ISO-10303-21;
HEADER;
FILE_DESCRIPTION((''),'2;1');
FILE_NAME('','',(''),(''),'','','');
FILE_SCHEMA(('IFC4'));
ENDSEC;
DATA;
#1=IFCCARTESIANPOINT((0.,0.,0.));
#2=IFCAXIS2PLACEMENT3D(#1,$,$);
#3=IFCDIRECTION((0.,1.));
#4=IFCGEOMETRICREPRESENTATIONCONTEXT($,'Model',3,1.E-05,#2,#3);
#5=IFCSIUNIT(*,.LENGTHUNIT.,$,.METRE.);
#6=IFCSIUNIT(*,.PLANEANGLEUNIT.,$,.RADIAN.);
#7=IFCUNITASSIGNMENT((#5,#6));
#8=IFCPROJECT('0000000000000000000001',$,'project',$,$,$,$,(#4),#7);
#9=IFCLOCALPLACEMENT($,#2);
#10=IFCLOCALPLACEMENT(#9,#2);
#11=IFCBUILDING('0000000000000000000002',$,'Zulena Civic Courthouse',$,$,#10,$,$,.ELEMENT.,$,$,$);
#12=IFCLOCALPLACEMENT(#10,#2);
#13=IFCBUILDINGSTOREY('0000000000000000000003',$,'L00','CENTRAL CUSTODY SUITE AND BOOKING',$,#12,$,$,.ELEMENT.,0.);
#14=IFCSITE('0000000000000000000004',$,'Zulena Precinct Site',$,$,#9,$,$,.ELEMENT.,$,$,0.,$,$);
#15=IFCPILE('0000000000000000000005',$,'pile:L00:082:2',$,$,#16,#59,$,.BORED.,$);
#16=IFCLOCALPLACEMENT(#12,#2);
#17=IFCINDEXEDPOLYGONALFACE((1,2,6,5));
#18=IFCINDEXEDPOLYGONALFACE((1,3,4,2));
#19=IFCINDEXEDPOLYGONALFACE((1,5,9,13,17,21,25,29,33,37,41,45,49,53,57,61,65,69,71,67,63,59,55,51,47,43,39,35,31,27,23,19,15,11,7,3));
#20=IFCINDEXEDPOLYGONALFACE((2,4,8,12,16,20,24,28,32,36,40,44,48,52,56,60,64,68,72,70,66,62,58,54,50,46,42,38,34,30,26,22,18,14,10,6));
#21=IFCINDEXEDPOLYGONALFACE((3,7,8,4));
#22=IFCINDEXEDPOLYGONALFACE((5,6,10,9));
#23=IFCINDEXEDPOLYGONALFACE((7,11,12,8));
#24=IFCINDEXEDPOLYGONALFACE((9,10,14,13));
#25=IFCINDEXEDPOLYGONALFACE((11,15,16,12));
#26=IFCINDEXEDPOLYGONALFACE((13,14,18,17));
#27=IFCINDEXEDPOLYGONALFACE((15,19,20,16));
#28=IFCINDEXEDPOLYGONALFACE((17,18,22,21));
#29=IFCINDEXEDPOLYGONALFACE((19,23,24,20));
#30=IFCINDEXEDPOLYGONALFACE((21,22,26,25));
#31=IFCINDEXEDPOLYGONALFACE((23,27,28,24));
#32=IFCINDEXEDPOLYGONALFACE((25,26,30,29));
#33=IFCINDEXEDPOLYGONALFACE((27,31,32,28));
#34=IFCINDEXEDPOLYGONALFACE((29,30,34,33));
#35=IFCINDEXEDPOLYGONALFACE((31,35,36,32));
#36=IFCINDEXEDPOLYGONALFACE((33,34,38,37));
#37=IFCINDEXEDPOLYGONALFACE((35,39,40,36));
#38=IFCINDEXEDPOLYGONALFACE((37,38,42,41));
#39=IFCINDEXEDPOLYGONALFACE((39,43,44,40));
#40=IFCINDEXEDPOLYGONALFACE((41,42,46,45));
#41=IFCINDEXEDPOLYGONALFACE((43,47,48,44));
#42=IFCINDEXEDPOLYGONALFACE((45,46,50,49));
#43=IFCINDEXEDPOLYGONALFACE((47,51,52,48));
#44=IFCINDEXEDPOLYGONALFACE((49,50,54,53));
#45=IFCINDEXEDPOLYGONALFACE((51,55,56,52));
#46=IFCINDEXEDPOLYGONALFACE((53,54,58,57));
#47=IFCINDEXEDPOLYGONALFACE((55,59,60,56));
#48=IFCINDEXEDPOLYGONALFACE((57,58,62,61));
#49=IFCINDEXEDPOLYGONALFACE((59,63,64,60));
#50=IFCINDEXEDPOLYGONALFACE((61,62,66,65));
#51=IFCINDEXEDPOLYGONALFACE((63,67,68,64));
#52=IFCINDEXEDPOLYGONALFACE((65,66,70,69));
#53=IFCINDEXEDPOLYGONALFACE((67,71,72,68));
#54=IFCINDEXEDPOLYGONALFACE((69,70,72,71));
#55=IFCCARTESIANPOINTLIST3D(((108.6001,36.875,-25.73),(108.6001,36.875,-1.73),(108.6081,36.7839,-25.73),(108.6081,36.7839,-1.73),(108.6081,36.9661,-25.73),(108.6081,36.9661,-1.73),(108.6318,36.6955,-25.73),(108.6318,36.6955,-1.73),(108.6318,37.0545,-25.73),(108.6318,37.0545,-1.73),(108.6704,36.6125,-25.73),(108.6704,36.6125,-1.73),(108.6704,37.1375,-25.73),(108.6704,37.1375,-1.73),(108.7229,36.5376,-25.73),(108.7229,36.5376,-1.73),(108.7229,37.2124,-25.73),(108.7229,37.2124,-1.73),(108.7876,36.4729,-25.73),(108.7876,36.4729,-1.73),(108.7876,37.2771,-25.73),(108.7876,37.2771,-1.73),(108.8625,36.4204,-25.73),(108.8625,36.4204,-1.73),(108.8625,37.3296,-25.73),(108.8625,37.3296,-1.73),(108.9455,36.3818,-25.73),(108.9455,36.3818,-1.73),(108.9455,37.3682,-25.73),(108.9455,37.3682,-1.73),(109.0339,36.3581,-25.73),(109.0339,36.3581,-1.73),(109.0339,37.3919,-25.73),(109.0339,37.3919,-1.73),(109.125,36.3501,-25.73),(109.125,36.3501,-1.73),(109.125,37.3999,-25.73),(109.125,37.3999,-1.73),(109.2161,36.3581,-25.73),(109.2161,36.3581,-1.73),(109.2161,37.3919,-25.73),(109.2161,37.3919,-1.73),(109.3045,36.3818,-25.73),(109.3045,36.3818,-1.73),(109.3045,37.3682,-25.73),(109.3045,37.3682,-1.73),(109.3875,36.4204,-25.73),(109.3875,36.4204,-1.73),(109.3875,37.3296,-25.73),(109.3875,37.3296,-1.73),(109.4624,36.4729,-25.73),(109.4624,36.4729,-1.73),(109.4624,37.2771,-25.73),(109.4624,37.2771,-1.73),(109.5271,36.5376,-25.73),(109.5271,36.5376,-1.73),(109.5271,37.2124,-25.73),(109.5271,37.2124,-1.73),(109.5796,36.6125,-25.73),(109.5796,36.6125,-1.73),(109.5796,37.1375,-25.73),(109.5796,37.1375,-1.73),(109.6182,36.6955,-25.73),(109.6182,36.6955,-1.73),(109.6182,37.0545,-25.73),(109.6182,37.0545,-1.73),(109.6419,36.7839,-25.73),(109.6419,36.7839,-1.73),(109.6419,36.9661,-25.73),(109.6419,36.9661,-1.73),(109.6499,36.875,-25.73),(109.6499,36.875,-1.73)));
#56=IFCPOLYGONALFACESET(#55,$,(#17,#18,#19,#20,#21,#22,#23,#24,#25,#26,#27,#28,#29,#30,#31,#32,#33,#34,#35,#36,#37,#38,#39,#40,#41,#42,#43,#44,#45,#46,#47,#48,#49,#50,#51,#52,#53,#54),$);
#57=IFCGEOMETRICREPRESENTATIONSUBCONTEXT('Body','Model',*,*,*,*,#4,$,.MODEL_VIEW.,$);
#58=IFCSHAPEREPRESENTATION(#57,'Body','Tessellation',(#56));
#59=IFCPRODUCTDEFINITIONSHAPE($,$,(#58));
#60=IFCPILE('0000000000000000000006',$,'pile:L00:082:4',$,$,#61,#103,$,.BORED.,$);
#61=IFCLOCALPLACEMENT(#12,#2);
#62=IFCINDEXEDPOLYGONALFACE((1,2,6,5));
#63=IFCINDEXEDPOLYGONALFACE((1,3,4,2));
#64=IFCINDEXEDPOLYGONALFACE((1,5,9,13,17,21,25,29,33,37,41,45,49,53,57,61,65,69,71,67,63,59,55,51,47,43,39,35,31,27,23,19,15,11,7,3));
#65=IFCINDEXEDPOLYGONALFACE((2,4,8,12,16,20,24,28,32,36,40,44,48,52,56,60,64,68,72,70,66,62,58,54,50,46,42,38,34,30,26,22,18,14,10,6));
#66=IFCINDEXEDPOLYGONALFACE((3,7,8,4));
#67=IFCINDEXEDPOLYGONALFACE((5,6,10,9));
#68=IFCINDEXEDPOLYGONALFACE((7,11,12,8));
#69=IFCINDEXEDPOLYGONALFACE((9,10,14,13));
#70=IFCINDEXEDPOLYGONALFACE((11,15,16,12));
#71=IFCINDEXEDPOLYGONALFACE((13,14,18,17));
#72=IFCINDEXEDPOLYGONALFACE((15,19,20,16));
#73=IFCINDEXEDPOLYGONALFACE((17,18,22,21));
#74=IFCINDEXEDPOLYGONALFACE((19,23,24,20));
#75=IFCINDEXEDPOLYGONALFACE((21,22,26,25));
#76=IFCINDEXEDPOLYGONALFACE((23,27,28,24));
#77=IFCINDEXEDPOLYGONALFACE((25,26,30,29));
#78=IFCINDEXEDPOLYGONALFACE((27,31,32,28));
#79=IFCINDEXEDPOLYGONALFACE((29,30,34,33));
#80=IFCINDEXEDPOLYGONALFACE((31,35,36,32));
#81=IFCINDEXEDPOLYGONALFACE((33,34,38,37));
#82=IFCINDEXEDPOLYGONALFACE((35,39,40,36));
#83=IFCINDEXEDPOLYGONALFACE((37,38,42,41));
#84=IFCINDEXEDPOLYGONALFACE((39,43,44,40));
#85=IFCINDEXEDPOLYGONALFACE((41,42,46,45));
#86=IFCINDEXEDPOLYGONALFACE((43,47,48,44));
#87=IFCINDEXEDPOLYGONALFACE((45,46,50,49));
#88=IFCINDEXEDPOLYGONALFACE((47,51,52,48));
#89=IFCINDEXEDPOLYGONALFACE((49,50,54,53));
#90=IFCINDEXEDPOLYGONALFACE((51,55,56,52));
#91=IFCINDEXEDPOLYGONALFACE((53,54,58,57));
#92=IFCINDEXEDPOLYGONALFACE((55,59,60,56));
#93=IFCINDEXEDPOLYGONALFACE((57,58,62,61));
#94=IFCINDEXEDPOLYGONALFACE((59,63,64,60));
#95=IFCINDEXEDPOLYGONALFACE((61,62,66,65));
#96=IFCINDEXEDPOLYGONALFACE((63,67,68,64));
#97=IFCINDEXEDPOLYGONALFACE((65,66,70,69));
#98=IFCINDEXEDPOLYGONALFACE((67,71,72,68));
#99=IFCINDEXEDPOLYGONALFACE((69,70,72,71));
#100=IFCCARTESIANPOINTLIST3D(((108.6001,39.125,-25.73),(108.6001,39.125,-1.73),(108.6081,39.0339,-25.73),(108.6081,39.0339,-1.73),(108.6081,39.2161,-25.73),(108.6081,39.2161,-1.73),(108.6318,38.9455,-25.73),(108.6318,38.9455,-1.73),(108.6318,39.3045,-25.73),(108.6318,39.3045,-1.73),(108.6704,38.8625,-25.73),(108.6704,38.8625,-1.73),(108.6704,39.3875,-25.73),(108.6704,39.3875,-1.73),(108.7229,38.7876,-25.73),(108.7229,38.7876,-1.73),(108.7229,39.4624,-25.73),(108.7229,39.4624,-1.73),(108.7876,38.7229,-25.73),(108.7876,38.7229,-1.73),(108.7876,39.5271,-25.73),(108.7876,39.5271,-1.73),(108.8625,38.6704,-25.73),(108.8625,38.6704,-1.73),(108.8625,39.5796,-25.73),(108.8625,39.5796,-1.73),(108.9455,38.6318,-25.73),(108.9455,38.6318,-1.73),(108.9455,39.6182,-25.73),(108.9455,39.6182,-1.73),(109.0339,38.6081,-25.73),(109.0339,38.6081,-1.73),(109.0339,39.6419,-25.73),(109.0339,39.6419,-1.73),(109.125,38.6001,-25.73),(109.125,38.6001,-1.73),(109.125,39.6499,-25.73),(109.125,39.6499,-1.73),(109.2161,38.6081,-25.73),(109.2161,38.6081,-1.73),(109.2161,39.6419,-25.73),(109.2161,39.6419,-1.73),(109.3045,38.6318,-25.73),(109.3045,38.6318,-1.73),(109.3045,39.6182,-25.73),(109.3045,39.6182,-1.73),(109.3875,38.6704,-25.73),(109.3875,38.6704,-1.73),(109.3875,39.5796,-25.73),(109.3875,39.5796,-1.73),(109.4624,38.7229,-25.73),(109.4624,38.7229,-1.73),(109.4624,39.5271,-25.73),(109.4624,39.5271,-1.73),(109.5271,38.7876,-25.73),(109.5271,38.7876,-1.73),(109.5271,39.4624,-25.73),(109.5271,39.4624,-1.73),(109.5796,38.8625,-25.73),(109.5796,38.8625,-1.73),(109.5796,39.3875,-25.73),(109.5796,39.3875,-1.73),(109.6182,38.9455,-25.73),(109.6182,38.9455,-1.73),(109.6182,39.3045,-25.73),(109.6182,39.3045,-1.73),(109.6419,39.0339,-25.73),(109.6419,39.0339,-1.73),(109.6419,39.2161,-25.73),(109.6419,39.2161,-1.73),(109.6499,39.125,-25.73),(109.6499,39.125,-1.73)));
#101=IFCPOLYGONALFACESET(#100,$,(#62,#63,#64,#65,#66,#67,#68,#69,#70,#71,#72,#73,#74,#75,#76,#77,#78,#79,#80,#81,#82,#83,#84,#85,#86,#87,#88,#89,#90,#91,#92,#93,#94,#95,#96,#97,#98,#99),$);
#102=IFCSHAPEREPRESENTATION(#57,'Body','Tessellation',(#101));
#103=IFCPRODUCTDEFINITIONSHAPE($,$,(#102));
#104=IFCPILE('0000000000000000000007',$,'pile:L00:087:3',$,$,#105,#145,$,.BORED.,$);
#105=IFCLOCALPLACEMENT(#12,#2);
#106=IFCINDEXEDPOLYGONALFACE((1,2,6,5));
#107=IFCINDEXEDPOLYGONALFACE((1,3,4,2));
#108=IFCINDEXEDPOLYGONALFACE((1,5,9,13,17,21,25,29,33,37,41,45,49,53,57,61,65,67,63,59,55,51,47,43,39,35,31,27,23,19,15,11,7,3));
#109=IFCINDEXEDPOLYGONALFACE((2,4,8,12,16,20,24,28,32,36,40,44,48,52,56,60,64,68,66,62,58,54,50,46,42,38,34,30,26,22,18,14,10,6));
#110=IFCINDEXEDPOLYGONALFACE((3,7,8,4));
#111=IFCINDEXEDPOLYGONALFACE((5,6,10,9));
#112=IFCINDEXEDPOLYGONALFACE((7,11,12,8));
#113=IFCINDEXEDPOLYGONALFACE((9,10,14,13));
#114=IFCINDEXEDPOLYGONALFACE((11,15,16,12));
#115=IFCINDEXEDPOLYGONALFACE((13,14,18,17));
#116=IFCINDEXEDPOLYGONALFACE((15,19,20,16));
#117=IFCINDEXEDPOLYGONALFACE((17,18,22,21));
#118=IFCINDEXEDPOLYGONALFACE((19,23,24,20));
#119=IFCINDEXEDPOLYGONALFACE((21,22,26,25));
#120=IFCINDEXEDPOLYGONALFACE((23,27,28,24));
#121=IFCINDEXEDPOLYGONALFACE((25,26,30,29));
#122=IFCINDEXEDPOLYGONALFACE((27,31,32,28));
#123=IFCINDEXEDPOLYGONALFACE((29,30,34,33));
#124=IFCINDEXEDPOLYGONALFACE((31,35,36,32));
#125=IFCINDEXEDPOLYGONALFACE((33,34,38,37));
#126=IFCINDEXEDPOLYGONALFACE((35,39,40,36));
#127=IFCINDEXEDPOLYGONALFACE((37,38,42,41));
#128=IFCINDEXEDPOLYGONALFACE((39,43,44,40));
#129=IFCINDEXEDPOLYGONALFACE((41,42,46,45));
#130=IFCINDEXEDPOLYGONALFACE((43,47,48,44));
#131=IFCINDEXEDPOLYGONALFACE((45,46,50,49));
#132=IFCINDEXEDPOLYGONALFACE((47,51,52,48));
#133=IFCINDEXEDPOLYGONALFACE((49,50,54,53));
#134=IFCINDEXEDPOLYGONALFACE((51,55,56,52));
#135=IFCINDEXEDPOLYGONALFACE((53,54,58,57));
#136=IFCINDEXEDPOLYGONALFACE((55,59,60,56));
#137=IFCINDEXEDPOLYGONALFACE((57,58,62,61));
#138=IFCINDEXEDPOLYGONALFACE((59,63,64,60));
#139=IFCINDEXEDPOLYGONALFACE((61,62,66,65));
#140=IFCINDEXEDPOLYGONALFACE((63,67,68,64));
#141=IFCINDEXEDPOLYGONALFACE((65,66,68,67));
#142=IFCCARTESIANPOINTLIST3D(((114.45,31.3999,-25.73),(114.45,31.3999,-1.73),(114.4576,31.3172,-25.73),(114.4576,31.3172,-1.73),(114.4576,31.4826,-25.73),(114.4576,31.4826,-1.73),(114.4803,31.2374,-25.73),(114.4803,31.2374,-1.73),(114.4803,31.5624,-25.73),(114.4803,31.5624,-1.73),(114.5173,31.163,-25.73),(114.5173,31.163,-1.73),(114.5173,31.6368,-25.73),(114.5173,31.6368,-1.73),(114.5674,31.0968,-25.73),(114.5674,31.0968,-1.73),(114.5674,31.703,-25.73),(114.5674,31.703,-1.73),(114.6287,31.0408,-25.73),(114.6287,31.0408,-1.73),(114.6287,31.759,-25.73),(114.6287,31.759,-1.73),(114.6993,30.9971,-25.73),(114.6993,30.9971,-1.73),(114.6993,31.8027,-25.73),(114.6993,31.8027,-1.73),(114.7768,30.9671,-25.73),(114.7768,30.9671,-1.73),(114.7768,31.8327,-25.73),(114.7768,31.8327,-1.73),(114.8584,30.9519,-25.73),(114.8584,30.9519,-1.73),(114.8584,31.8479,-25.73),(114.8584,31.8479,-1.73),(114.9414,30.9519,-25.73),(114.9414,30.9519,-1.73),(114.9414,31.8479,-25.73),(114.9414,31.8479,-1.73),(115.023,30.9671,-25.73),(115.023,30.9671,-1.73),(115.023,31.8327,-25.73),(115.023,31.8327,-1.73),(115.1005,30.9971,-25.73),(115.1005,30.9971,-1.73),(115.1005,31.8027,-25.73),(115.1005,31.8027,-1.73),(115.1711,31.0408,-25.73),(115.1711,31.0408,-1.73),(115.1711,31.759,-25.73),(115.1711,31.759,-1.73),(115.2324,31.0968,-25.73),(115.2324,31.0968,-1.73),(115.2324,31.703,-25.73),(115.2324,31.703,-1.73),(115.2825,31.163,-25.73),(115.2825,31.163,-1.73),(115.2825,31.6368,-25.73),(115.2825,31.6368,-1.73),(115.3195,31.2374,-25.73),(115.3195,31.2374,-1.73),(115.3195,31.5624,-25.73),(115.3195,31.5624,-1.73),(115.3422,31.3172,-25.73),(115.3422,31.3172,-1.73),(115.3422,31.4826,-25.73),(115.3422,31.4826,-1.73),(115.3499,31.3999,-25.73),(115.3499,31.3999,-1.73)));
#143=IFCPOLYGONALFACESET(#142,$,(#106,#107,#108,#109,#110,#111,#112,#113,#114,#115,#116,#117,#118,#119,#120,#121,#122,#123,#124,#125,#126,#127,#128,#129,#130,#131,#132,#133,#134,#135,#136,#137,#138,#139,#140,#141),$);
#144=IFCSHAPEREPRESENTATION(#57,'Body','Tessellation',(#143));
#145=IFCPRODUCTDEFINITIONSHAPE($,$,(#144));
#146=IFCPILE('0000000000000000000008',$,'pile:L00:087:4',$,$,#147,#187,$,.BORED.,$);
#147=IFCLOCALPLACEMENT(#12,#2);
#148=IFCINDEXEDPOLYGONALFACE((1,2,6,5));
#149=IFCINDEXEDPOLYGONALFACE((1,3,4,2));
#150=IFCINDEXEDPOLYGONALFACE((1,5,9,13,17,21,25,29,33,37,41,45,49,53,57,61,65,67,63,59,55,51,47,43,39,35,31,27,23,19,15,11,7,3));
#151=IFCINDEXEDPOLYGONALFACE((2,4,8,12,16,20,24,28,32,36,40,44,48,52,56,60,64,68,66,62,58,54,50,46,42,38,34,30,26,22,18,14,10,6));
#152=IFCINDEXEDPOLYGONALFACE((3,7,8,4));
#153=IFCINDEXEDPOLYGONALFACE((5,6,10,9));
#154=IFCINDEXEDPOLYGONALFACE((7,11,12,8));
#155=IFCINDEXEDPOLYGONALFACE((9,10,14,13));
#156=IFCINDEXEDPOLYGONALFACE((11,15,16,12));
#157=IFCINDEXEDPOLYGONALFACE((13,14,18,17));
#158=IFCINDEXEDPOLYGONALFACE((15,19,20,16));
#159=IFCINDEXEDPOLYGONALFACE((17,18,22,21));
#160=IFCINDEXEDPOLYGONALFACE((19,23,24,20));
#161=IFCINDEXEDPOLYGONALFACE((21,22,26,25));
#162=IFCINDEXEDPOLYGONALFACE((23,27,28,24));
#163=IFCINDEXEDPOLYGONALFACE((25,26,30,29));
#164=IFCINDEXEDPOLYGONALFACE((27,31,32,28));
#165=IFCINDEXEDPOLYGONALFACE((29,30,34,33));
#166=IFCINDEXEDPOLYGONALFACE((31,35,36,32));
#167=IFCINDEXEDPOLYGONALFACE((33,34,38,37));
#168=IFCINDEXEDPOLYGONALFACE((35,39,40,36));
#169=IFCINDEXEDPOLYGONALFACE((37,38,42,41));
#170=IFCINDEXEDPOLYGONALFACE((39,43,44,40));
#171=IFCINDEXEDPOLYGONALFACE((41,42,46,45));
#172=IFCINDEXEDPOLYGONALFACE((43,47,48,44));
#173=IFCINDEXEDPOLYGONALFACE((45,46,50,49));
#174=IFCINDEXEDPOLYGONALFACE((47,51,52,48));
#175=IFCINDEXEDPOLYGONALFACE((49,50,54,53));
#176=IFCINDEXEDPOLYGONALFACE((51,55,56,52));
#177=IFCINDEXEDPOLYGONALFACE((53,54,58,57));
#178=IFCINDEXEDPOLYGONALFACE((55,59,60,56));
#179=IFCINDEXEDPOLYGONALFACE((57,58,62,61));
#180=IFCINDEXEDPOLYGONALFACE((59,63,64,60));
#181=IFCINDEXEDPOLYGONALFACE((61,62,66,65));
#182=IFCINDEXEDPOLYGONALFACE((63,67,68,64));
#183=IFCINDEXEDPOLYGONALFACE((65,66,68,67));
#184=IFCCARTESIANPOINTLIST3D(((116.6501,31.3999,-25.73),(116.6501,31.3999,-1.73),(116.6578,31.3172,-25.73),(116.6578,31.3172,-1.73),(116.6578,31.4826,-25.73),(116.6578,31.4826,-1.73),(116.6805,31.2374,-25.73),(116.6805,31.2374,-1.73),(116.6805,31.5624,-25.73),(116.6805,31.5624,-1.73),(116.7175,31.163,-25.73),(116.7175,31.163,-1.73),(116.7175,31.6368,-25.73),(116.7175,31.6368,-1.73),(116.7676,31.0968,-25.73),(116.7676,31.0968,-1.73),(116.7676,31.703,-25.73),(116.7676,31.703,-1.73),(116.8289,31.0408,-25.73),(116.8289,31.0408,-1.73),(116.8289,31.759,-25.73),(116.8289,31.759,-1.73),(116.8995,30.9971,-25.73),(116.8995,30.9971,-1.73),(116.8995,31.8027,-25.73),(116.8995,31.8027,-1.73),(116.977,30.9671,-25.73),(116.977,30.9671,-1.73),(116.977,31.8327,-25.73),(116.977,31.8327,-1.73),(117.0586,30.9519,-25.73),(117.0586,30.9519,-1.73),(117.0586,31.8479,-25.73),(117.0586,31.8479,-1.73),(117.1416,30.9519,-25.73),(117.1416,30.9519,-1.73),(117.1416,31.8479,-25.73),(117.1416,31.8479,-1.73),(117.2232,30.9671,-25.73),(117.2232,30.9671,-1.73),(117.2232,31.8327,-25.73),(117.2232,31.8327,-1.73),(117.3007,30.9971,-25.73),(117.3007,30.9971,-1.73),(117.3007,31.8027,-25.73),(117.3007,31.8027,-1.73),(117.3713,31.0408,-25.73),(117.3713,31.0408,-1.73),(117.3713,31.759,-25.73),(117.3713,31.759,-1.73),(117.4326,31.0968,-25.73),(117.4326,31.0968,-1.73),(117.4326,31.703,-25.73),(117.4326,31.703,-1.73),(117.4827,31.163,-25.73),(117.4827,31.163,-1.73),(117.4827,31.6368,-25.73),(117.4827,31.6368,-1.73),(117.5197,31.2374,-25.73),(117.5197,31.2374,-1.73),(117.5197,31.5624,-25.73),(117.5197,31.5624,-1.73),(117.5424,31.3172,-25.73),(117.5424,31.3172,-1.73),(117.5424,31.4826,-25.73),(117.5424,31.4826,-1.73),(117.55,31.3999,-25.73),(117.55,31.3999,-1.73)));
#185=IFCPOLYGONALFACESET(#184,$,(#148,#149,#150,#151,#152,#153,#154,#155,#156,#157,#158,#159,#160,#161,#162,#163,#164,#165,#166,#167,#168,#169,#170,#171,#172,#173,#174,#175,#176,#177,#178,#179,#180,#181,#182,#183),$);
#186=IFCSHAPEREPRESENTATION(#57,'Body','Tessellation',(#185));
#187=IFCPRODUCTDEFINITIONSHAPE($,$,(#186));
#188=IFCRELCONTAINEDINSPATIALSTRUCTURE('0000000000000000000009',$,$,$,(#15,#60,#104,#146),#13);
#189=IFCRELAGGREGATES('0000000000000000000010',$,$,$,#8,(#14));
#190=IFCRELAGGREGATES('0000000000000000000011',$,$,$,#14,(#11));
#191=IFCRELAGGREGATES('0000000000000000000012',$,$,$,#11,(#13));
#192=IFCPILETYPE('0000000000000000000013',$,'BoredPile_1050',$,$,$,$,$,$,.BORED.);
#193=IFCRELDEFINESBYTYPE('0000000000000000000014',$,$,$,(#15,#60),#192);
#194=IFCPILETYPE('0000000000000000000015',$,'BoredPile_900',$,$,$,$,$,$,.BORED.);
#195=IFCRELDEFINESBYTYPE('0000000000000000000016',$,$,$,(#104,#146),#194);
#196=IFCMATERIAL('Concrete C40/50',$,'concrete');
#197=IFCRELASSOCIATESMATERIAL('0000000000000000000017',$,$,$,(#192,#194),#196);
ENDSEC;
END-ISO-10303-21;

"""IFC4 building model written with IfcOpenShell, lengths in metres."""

from ifc_helpers import new_model, si_unit, direction, frame, origin, origin_2d, place, context, subcontext, project, spatial, circle, extrude, material, material_profile, profile_set, type_object, element, save


model = new_model("IFC4")

# Units and contexts
model_context = context("Model", 3, precision=1e-05, world=origin(), true_north=direction((0.0, 1.0)))
body_context = subcontext(model_context, "Body", "Model", "MODEL_VIEW")
ifc_project = project(units=[si_unit("LENGTHUNIT", "METRE"), si_unit("PLANEANGLEUNIT", "RADIAN")], contexts=[model_context])

# Site, building, storey
site_placement = place(None, origin())
site = spatial("IfcSite", under=ifc_project, at=site_placement, Name="Zulena Precinct Site", CompositionType="ELEMENT", RefElevation=0.0)
building_placement = place(site_placement, origin())
building = spatial("IfcBuilding", under=site, at=building_placement, Name="Zulena Civic Courthouse", CompositionType="ELEMENT")
storey_placement = place(building_placement, origin())
storey = spatial("IfcBuildingStorey", under=building, at=storey_placement, Name="L00", Description="CENTRAL CUSTODY SUITE AND BOOKING", CompositionType="ELEMENT", Elevation=0.0)

# Piles
ifc_material_1 = material(Name="Concrete C40/50", Category="concrete")
ifc_material_profile_1 = material_profile(ifc_material_1, circle(Radius=0.5249, at=origin_2d()), Name="PILE1050")
ifc_profile_set_1 = profile_set([ifc_material_profile_1], Name="Concrete C40/50")
pile_type_1 = type_object("IfcPileType", Name="BoredPile_1050", PredefinedType="BORED", material=ifc_profile_set_1)
for number, where, z_axis, x_axis, name in (
    (1, (109.125, 36.875, -1.73), (0.0, 0.0, -1.0), (1.0, 0.0, 0.0), "pile:L00:082:2"),
    (2, (109.125, 39.125, -1.73), (0.0, 0.0, -1.0), (1.0, 0.0, 0.0), "pile:L00:082:4"),
):
    element("IfcPile", number, at=place(storey_placement, frame(where, z_axis=z_axis, x_axis=x_axis)), inside=storey, type_object=pile_type_1, Name=name, PredefinedType="BORED", context=body_context, shape_type="SweptSolid", body=[
        extrude(circle(Radius=0.5249, at=origin_2d()), origin(), (0.0, 0.0, 1.0), 24.0),
    ])
ifc_material_profile_2 = material_profile(ifc_material_1, circle(Radius=0.45, at=origin_2d()), Name="PILE900")
ifc_profile_set_2 = profile_set([ifc_material_profile_2], Name="Concrete C40/50")
pile_type_2 = type_object("IfcPileType", Name="BoredPile_900", PredefinedType="BORED", material=ifc_profile_set_2)
for number, where, z_axis, x_axis, name in (
    (3, (114.8999, 31.3999, -1.73), (0.0, 0.0, -1.0), (1.0, 0.0, 0.0), "pile:L00:087:3"),
    (4, (117.1001, 31.3999, -1.73), (0.0, 0.0, -1.0), (1.0, 0.0, 0.0), "pile:L00:087:4"),
):
    element("IfcPile", number, at=place(storey_placement, frame(where, z_axis=z_axis, x_axis=x_axis)), inside=storey, type_object=pile_type_2, Name=name, PredefinedType="BORED", context=body_context, shape_type="SweptSolid", body=[
        extrude(circle(Radius=0.45, at=origin_2d()), origin(), (0.0, 0.0, 1.0), 24.0),
    ])

save(model, "model.ifc")
